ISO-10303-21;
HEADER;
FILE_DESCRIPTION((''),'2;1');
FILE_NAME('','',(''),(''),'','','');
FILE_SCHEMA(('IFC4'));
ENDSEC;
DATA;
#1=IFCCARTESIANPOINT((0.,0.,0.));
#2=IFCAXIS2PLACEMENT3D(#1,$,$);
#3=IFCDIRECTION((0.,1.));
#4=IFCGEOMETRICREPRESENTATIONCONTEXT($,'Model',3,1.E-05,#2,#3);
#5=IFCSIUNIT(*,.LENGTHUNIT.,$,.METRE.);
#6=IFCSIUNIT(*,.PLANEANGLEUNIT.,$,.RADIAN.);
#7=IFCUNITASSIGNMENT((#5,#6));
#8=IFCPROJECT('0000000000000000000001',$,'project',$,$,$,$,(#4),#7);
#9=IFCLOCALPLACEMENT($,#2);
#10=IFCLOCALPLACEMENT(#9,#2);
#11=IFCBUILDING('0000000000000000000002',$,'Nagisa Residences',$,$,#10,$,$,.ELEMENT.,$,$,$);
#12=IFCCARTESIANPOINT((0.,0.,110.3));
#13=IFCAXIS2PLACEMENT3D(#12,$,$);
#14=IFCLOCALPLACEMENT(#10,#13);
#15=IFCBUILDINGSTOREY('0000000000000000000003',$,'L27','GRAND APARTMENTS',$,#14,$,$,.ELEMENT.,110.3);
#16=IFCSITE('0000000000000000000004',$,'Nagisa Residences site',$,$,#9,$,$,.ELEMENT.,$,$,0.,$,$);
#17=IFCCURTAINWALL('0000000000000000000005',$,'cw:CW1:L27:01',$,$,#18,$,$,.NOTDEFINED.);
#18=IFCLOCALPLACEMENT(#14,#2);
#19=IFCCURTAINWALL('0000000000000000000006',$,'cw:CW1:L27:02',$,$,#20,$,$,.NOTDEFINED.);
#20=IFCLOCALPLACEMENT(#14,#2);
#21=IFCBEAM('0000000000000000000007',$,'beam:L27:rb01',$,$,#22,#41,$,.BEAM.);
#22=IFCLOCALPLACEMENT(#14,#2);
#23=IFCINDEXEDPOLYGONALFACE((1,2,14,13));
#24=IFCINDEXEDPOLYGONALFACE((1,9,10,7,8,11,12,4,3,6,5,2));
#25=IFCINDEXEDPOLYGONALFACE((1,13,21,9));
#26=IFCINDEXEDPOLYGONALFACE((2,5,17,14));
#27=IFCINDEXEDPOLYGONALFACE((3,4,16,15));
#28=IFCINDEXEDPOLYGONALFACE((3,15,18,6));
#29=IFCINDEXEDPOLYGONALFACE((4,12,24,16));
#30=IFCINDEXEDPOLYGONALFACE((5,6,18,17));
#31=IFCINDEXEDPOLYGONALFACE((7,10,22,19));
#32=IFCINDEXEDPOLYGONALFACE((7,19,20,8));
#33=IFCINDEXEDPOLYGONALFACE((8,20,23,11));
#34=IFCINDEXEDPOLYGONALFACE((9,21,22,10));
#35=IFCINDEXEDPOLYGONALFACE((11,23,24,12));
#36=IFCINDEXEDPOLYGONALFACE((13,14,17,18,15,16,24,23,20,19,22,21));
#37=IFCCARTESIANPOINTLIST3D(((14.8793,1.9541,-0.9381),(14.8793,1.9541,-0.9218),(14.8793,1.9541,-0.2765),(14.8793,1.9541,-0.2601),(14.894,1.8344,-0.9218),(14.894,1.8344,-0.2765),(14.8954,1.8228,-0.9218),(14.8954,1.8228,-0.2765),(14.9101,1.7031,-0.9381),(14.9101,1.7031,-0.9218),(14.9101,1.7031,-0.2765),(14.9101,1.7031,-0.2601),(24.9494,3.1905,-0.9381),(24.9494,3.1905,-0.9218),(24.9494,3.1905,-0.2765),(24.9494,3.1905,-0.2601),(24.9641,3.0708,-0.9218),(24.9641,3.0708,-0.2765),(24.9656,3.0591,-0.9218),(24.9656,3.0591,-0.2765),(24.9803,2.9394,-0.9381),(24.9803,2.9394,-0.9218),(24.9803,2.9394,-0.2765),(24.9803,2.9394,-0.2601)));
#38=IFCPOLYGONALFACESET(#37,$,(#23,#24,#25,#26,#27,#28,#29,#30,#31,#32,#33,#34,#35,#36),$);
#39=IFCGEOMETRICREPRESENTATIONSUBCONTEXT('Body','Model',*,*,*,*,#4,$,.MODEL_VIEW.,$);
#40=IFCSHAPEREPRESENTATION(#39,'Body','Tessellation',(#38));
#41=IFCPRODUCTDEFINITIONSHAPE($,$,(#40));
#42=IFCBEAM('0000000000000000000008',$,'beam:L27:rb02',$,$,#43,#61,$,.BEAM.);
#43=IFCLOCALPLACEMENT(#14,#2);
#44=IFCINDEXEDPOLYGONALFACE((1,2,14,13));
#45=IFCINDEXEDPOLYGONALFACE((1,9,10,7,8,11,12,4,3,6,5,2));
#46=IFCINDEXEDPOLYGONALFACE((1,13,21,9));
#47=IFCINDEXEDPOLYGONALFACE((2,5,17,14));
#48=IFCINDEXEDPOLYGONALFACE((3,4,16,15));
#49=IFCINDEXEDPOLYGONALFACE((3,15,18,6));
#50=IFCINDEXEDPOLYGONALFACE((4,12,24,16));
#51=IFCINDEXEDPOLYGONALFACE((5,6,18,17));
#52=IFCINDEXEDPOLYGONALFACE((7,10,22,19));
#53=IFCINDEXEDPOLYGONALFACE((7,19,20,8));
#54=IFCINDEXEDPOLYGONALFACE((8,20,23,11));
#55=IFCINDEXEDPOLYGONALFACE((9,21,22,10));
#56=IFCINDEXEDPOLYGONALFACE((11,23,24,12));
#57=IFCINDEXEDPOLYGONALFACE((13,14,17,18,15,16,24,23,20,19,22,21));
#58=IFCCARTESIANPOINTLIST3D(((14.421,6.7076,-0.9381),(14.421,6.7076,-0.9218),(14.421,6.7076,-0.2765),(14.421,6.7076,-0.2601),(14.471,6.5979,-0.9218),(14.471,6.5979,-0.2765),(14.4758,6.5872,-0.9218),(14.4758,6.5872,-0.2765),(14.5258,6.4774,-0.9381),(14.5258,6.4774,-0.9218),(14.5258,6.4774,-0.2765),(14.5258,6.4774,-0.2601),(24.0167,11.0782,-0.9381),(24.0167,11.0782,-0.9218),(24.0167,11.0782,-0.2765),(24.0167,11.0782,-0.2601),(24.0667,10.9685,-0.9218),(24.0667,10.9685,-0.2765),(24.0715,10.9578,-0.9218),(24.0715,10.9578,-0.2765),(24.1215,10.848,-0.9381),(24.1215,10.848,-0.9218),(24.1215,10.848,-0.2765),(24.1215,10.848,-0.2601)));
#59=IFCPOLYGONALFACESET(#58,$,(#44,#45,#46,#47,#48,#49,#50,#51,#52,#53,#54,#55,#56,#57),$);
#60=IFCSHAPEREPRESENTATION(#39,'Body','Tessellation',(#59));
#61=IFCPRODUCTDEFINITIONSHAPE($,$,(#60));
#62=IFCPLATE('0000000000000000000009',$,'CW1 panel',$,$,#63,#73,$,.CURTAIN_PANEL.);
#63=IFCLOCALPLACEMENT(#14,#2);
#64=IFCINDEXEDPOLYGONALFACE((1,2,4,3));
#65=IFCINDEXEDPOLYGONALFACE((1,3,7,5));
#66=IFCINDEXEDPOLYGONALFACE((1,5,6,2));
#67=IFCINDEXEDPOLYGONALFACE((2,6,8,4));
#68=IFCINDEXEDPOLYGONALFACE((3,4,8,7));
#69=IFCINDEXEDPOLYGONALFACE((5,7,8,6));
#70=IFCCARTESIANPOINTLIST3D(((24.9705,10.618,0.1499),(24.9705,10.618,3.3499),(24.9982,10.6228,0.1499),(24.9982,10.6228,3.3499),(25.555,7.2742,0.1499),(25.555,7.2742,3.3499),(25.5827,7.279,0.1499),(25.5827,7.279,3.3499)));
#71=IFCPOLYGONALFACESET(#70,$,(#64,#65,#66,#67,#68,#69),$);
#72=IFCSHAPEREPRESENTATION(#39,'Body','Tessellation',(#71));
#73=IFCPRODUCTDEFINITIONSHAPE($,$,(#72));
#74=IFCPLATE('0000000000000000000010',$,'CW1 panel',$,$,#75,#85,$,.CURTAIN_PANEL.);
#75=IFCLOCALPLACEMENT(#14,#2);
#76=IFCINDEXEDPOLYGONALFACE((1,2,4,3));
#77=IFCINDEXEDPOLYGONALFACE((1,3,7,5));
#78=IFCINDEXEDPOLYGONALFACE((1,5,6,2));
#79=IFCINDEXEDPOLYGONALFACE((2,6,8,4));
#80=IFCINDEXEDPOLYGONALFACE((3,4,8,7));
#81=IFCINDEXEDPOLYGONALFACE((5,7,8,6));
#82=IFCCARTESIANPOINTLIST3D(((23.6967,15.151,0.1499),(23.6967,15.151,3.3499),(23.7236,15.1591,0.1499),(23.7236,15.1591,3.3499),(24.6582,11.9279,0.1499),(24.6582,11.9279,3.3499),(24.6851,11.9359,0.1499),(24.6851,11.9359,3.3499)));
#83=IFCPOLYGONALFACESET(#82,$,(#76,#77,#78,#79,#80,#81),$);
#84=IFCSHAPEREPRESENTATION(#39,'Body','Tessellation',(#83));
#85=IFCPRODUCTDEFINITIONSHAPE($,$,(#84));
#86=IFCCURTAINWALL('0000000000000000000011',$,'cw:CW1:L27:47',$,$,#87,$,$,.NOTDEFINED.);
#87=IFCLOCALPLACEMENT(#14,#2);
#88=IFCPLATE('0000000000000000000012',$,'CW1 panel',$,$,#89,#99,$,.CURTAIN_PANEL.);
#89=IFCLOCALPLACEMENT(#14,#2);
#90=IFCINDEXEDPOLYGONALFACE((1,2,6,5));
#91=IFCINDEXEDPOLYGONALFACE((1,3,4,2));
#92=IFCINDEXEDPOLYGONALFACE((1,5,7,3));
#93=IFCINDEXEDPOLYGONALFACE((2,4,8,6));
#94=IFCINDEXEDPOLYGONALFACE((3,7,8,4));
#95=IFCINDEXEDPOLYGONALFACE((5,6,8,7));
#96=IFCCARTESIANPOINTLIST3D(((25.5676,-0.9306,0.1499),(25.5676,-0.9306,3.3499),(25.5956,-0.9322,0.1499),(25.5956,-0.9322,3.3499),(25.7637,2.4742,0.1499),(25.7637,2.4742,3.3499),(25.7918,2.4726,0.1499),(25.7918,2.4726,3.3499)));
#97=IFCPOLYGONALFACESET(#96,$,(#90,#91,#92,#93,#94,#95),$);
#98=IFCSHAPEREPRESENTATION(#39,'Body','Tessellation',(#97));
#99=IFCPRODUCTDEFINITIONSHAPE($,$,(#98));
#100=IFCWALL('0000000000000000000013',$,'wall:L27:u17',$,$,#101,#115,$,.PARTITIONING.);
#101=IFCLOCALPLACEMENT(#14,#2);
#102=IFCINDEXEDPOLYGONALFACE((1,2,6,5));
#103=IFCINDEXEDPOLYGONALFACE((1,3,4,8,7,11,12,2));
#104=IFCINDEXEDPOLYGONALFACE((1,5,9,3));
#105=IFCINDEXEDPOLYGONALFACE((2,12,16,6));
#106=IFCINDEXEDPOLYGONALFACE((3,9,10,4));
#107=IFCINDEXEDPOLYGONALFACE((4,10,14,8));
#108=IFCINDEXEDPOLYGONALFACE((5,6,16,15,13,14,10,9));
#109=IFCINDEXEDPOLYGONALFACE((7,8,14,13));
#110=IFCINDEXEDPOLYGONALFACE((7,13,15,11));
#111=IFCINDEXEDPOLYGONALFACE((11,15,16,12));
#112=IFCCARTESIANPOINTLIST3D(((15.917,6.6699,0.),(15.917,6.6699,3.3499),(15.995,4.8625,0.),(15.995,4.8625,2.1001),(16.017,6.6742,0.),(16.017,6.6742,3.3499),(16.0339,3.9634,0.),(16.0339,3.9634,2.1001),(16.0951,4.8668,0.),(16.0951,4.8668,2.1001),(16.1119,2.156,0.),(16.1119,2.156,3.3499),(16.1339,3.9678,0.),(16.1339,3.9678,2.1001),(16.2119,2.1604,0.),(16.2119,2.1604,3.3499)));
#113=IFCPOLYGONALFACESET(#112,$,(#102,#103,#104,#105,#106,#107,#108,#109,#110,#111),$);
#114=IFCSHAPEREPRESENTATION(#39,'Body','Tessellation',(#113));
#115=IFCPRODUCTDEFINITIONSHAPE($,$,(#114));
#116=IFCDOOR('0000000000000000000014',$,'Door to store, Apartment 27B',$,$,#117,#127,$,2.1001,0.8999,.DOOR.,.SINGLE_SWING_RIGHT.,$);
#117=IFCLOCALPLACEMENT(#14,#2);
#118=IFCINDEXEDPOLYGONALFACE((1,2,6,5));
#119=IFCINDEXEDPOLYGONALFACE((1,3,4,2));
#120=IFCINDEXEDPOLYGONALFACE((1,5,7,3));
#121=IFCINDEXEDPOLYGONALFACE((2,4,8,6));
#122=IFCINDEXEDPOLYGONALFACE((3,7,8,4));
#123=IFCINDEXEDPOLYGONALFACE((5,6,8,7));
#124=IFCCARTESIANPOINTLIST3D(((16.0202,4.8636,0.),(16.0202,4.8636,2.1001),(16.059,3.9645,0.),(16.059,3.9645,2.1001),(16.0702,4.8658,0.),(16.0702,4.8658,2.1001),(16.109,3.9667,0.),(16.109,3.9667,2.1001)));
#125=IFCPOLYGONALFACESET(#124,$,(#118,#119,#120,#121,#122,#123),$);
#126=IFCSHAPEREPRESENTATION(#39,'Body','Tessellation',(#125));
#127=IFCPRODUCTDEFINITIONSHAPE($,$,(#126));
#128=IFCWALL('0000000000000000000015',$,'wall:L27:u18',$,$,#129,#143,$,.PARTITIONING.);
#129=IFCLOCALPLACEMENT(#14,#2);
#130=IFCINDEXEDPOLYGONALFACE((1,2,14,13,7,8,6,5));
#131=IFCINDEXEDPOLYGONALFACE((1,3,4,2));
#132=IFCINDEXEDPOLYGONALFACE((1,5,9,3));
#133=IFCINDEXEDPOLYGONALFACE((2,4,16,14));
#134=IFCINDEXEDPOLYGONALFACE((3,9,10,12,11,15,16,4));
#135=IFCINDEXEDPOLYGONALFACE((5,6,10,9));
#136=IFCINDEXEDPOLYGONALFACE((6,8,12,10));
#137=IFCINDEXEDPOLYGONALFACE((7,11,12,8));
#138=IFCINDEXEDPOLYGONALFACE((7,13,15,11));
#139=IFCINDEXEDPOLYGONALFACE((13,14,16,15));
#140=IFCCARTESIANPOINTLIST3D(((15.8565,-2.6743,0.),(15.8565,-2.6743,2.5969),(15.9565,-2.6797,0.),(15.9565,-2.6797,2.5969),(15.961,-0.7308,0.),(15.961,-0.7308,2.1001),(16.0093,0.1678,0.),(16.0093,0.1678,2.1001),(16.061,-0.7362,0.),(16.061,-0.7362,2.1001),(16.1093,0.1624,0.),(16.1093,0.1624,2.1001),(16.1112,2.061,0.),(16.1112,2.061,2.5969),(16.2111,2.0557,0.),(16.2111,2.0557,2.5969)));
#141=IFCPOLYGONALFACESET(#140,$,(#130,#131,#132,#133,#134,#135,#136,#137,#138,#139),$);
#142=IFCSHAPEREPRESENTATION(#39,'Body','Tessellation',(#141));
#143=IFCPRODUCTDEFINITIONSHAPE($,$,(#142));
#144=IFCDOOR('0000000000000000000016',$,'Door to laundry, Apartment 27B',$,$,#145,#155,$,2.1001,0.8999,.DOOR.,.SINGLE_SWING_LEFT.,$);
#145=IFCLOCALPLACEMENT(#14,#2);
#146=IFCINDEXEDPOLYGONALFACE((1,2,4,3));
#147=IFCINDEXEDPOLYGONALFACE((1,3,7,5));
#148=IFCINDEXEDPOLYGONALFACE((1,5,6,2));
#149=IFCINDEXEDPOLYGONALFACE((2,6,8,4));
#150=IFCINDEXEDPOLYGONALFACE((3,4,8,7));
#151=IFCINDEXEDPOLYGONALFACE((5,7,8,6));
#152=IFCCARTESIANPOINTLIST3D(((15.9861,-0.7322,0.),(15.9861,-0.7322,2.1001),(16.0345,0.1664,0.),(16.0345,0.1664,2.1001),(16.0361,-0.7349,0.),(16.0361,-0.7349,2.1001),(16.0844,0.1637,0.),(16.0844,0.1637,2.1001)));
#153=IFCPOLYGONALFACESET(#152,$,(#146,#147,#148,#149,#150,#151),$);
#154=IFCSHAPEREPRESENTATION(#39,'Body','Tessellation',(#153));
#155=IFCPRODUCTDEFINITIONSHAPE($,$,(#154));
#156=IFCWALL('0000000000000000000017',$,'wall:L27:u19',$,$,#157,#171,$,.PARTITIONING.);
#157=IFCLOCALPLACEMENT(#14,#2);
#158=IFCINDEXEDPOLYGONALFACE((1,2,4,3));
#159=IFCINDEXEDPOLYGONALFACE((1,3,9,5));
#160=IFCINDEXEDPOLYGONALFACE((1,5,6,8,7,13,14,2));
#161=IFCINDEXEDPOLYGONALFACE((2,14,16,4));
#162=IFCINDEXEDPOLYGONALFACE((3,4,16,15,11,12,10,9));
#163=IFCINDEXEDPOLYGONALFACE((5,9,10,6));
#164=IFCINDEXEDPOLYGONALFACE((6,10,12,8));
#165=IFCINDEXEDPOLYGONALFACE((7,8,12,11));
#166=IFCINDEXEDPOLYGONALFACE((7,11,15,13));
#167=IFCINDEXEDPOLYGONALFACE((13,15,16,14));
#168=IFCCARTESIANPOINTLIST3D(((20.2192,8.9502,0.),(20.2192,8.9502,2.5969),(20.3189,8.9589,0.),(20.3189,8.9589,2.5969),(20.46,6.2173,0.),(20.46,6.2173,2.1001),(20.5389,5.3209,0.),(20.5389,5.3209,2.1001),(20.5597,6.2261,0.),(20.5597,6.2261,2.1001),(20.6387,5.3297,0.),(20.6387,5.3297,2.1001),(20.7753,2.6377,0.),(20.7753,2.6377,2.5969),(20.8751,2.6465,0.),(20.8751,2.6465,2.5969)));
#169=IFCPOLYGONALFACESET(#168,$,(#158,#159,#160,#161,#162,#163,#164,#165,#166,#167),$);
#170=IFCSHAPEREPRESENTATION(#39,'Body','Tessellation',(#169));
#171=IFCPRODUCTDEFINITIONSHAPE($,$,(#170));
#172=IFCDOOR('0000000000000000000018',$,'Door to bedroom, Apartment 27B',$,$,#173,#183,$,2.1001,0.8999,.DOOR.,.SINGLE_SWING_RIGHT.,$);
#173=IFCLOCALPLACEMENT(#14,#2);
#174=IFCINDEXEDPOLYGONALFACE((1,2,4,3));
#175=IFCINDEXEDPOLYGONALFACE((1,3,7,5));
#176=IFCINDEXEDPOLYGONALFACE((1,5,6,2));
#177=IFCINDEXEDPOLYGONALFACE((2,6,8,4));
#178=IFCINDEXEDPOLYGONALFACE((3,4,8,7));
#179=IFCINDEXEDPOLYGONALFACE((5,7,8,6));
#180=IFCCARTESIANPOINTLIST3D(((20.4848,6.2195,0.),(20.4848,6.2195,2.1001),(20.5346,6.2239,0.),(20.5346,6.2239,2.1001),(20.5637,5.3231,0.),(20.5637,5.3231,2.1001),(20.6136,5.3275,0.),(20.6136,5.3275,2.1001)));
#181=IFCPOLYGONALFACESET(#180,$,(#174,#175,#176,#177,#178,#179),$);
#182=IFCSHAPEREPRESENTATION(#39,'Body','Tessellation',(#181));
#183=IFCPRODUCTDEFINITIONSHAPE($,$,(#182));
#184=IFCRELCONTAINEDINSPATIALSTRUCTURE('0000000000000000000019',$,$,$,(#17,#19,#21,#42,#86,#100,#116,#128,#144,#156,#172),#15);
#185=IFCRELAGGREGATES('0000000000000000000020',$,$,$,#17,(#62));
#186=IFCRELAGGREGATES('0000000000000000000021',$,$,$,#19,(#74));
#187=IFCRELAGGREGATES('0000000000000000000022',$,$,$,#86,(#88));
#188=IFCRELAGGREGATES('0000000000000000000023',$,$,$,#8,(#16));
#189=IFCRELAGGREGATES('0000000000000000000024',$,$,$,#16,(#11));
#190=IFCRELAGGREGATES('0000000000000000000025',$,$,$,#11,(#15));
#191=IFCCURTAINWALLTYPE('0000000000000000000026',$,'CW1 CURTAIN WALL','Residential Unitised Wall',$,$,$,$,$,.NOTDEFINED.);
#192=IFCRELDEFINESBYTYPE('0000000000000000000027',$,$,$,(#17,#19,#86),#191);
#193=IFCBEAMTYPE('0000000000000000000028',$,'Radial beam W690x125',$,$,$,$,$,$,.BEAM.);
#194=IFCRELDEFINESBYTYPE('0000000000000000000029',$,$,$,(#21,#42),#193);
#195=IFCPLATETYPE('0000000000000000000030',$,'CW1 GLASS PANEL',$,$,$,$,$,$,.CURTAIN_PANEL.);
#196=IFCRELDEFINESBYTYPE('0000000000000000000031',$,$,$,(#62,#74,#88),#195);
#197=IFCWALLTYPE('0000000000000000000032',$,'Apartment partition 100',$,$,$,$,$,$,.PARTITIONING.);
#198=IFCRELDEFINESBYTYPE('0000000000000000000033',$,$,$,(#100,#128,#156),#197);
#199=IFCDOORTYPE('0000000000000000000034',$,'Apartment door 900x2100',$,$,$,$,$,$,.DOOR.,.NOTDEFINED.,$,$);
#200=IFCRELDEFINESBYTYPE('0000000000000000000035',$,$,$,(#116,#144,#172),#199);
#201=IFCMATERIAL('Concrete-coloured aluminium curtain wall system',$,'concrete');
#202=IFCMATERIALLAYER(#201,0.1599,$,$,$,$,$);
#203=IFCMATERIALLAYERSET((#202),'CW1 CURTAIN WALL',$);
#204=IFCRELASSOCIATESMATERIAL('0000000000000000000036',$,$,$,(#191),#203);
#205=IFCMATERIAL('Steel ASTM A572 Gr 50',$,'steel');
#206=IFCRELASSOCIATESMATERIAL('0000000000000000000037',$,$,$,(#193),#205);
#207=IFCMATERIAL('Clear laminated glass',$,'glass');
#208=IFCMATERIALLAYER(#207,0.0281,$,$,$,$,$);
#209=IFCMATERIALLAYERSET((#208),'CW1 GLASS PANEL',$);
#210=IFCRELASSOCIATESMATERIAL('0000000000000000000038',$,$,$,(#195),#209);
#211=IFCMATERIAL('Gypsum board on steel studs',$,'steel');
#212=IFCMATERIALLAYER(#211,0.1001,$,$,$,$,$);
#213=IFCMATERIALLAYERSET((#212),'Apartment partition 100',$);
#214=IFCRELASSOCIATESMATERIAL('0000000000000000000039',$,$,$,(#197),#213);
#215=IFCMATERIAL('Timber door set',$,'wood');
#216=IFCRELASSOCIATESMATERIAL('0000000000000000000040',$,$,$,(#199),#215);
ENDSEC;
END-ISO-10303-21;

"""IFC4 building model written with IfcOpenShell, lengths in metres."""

from ifc_helpers import new_model, si_unit, direction, frame, frame_2d, origin, origin_2d, place, context, subcontext, project, spatial, rectangle, i_section, extrude, material, layer, layer_set, material_profile, profile_set, type_object, element, fill, aggregate, save


model = new_model("IFC4")

# Units and contexts
model_context = context("Model", 3, precision=1e-05, world=origin(), true_north=direction((0.0, 1.0)))
body_context = subcontext(model_context, "Body", "Model", "MODEL_VIEW")
ifc_project = project(units=[si_unit("LENGTHUNIT", "METRE"), si_unit("PLANEANGLEUNIT", "RADIAN")], contexts=[model_context])

# Site, building, storey
site_placement = place(None, origin())
site = spatial("IfcSite", under=ifc_project, at=site_placement, Name="Nagisa Residences site", CompositionType="ELEMENT", RefElevation=0.0)
building_placement = place(site_placement, origin())
building = spatial("IfcBuilding", under=site, at=building_placement, Name="Nagisa Residences", CompositionType="ELEMENT")
storey_placement = place(building_placement, frame((0.0, 0.0, 110.3)))
storey = spatial("IfcBuildingStorey", under=building, at=storey_placement, Name="L27", Description="GRAND APARTMENTS", CompositionType="ELEMENT", Elevation=110.3)

# Curtain walls
ifc_material_1 = material(Name="Concrete-coloured aluminium curtain wall system", Category="concrete")
ifc_layer_1 = layer(ifc_material_1, 0.1599)
ifc_layer_set_1 = layer_set([ifc_layer_1], Name="CW1 CURTAIN WALL")
curtain_wall_type = type_object("IfcCurtainWallType", Name="CW1 CURTAIN WALL", Description="Residential Unitised Wall", PredefinedType="NOTDEFINED", material=ifc_layer_set_1)
curtain_wall_1_placement = place(storey_placement, origin())
curtain_wall_1 = element("IfcCurtainWall", 1, at=curtain_wall_1_placement, inside=storey, type_object=curtain_wall_type, Name="cw:CW1:L27:01", PredefinedType="NOTDEFINED")
curtain_wall_2_placement = place(storey_placement, origin())
curtain_wall_2 = element("IfcCurtainWall", 2, at=curtain_wall_2_placement, inside=storey, type_object=curtain_wall_type, Name="cw:CW1:L27:02", PredefinedType="NOTDEFINED")

# Beams
ifc_material_2 = material(Name="Steel ASTM A572 Gr 50", Category="steel")
ifc_material_profile_1 = material_profile(ifc_material_2, i_section(OverallWidth=0.2529, OverallDepth=0.678, WebThickness=0.0117, FlangeThickness=0.0164, at=origin_2d()), Name="W690x125")
ifc_profile_set_1 = profile_set([ifc_material_profile_1], Name="Steel ASTM A572 Gr 50")
beam_type_1 = type_object("IfcBeamType", Name="Radial beam W690x125", PredefinedType="BEAM", material=ifc_profile_set_1)
beam_1_placement = place(storey_placement, frame((24.9648, 3.0649, -0.5991), z_axis=(-0.992548, -0.121858, 0.0), x_axis=(0.121858, -0.992548, 0.0)))
element("IfcBeam", 3, at=beam_1_placement, inside=storey, type_object=beam_type_1, Name="beam:L27:rb01", PredefinedType="BEAM", context=body_context, shape_type="SweptSolid", body=[
    extrude(i_section(OverallWidth=0.2529, OverallDepth=0.678, WebThickness=0.0117, FlangeThickness=0.0164, at=origin_2d()), origin(), (0.0, 0.0, 1.0), 10.1458),
])
beam_2_placement = place(storey_placement, frame((24.0691, 10.9631, -0.5991), z_axis=(-0.910047, -0.414504, 0.0), x_axis=(0.414504, -0.910047, 0.0)))
element("IfcBeam", 4, at=beam_2_placement, inside=storey, type_object=beam_type_1, Name="beam:L27:rb02", PredefinedType="BEAM", context=body_context, shape_type="SweptSolid", body=[
    extrude(i_section(OverallWidth=0.2529, OverallDepth=0.678, WebThickness=0.0117, FlangeThickness=0.0164, at=origin_2d()), origin(), (0.0, 0.0, 1.0), 10.5442),
])

# Plates
ifc_material_3 = material(Name="Clear laminated glass", Category="glass")
ifc_layer_2 = layer(ifc_material_3, 0.0281)
ifc_layer_set_2 = layer_set([ifc_layer_2], Name="CW1 GLASS PANEL")
plate_type = type_object("IfcPlateType", Name="CW1 GLASS PANEL", PredefinedType="CURTAIN_PANEL", material=ifc_layer_set_2)
plate_1_placement = place(storey_placement, frame((25.2766, 8.9485, 0.1499), z_axis=(0.0, 0.0, 1.0), x_axis=(-0.172191, 0.985064, 0.0)))
plate_1 = element("IfcPlate", 5, at=plate_1_placement, type_object=plate_type, Name="CW1 panel", PredefinedType="CURTAIN_PANEL", context=body_context, shape_type="SweptSolid", body=[
    extrude(rectangle(XDim=3.3945, YDim=0.0281, at=origin_2d()), origin(), (0.0, 0.0, 1.0), 3.2),
])
aggregate(curtain_wall_1, [plate_1])
plate_2_placement = place(storey_placement, frame((24.1909, 13.5435, 0.1499), z_axis=(0.0, 0.0, 1.0), x_axis=(-0.28586, 0.958271, 0.0)))
plate_2 = element("IfcPlate", 6, at=plate_2_placement, type_object=plate_type, Name="CW1 panel", PredefinedType="CURTAIN_PANEL", context=body_context, shape_type="SweptSolid", body=[
    extrude(rectangle(XDim=3.3635, YDim=0.0281, at=origin_2d()), origin(), (0.0, 0.0, 1.0), 3.2),
])
aggregate(curtain_wall_2, [plate_2])

# Curtain wall, plate
curtain_wall_3_placement = place(storey_placement, origin())
curtain_wall_3 = element("IfcCurtainWall", 7, at=curtain_wall_3_placement, inside=storey, type_object=curtain_wall_type, Name="cw:CW1:L27:47", PredefinedType="NOTDEFINED")
plate_3_placement = place(storey_placement, frame((25.6797, 0.771, 0.1499), z_axis=(0.0, 0.0, 1.0), x_axis=(0.057503, 0.998345, 0.0)))
plate_3 = element("IfcPlate", 8, at=plate_3_placement, type_object=plate_type, Name="CW1 panel", PredefinedType="CURTAIN_PANEL", context=body_context, shape_type="SweptSolid", body=[
    extrude(rectangle(XDim=3.4104, YDim=0.0281, at=origin_2d()), origin(), (0.0, 0.0, 1.0), 3.2),
])
aggregate(curtain_wall_3, [plate_3])

# Walls, openings, doors
ifc_material_4 = material(Name="Gypsum board on steel studs", Category="steel")
ifc_layer_3 = layer(ifc_material_4, 0.1001)
ifc_layer_set_3 = layer_set([ifc_layer_3], Name="Apartment partition 100")
wall_type_1 = type_object("IfcWallType", Name="Apartment partition 100", PredefinedType="PARTITIONING", material=ifc_layer_set_3)
wall_1_placement = place(storey_placement, frame((16.1619, 2.1582, 0.0), z_axis=(0.0, 0.0, 1.0), x_axis=(-0.043121, 0.99907, 0.0)))
wall_1 = element("IfcWall", 9, at=wall_1_placement, inside=storey, type_object=wall_type_1, Name="wall:L27:u17", PredefinedType="PARTITIONING", context=body_context, shape_type="SweptSolid", body=[
    extrude(rectangle(XDim=4.5181, YDim=0.1001, at=frame_2d((2.259, 0.0))), origin(), (0.0, 0.0, 1.0), 3.3499),
])
opening_1_placement = place(wall_1_placement, frame((1.8091, 0.0, 0.0)))
opening_1 = element("IfcOpeningElement", 10, at=opening_1_placement, cuts=wall_1, PredefinedType="OPENING", context=body_context, shape_type="SweptSolid", body=[
    extrude(rectangle(XDim=0.8999, YDim=2.1001, at=frame_2d((0.45, 1.05))), frame((0.0, 0.0601, 0.0), z_axis=(0.0, -1.0, 0.0), x_axis=(1.0, 0.0, 0.0)), (0.0, 0.0, 1.0), 0.1201),
])
ifc_material_5 = material(Name="Timber door set", Category="wood")
door_type_1 = type_object("IfcDoorType", Name="Apartment door 900x2100", OperationType="NOTDEFINED", PredefinedType="DOOR", material=ifc_material_5)
door_1_placement = place(opening_1_placement, origin())
door_1 = element("IfcDoor", 11, at=door_1_placement, inside=storey, type_object=door_type_1, Name="Door to store, Apartment 27B", OperationType="SINGLE_SWING_RIGHT", OverallHeight=2.1001, OverallWidth=0.8999, PredefinedType="DOOR", context=body_context, shape_type="SweptSolid", body=[
    extrude(rectangle(XDim=0.8999, YDim=2.1001, at=frame_2d((0.45, 1.05))), frame((0.0, 0.0249, 0.0), z_axis=(0.0, -1.0, 0.0), x_axis=(1.0, 0.0, 0.0)), (0.0, 0.0, 1.0), 0.05),
])
fill(opening_1, door_1)
wall_2_placement = place(storey_placement, frame((16.1611, 2.0583, 0.0), z_axis=(0.0, 0.0, 1.0), x_axis=(-0.053696, -0.998557, 0.0)))
wall_2 = element("IfcWall", 12, at=wall_2_placement, inside=storey, type_object=wall_type_1, Name="wall:L27:u18", PredefinedType="PARTITIONING", context=body_context, shape_type="SweptSolid", body=[
    extrude(rectangle(XDim=4.7422, YDim=0.1001, at=frame_2d((2.3711, 0.0))), origin(), (0.0, 0.0, 1.0), 2.5969),
])
opening_2_placement = place(wall_2_placement, frame((1.896, 0.0, 0.0)))
opening_2 = element("IfcOpeningElement", 13, at=opening_2_placement, cuts=wall_2, PredefinedType="OPENING", context=body_context, shape_type="SweptSolid", body=[
    extrude(rectangle(XDim=0.8999, YDim=2.1001, at=frame_2d((0.45, 1.05))), frame((0.0, 0.0601, 0.0), z_axis=(0.0, -1.0, 0.0), x_axis=(1.0, 0.0, 0.0)), (0.0, 0.0, 1.0), 0.1201),
])
door_2_placement = place(opening_2_placement, frame((0.8999, 0.0, 0.0), x_axis=(-1.0, 0.0, 0.0)))
door_2 = element("IfcDoor", 14, at=door_2_placement, inside=storey, type_object=door_type_1, Name="Door to laundry, Apartment 27B", OperationType="SINGLE_SWING_LEFT", OverallHeight=2.1001, OverallWidth=0.8999, PredefinedType="DOOR", context=body_context, shape_type="SweptSolid", body=[
    extrude(rectangle(XDim=0.8999, YDim=2.1001, at=frame_2d((0.45, 1.05))), frame((0.0, 0.0249, 0.0), z_axis=(0.0, -1.0, 0.0), x_axis=(1.0, 0.0, 0.0)), (0.0, 0.0, 1.0), 0.05),
])
fill(opening_2, door_2)
wall_3_placement = place(storey_placement, frame((20.8252, 2.6421, 0.0), z_axis=(0.0, 0.0, 1.0), x_axis=(-0.087763, 0.996141, 0.0)))
wall_3 = element("IfcWall", 15, at=wall_3_placement, inside=storey, type_object=wall_type_1, Name="wall:L27:u19", PredefinedType="PARTITIONING", context=body_context, shape_type="SweptSolid", body=[
    extrude(rectangle(XDim=6.3369, YDim=0.1001, at=frame_2d((3.1685, 0.0))), origin(), (0.0, 0.0, 1.0), 2.5969),
])
opening_3_placement = place(wall_3_placement, frame((2.6936, 0.0, 0.0)))
opening_3 = element("IfcOpeningElement", 16, at=opening_3_placement, cuts=wall_3, PredefinedType="OPENING", context=body_context, shape_type="SweptSolid", body=[
    extrude(rectangle(XDim=0.8999, YDim=2.1001, at=frame_2d((0.45, 1.05))), frame((0.0, 0.0601, 0.0), z_axis=(0.0, -1.0, 0.0), x_axis=(1.0, 0.0, 0.0)), (0.0, 0.0, 1.0), 0.1201),
])
door_3_placement = place(opening_3_placement, frame((0.8999, 0.0, 0.0), x_axis=(-1.0, 0.0, 0.0)))
door_3 = element("IfcDoor", 17, at=door_3_placement, inside=storey, type_object=door_type_1, Name="Door to bedroom, Apartment 27B", OperationType="SINGLE_SWING_RIGHT", OverallHeight=2.1001, OverallWidth=0.8999, PredefinedType="DOOR", context=body_context, shape_type="SweptSolid", body=[
    extrude(rectangle(XDim=0.8999, YDim=2.1001, at=frame_2d((0.45, 1.05))), frame((0.0, 0.0249, 0.0), z_axis=(0.0, -1.0, 0.0), x_axis=(1.0, 0.0, 0.0)), (0.0, 0.0, 1.0), 0.05),
])
fill(opening_3, door_3)

save(model, "model.ifc")
